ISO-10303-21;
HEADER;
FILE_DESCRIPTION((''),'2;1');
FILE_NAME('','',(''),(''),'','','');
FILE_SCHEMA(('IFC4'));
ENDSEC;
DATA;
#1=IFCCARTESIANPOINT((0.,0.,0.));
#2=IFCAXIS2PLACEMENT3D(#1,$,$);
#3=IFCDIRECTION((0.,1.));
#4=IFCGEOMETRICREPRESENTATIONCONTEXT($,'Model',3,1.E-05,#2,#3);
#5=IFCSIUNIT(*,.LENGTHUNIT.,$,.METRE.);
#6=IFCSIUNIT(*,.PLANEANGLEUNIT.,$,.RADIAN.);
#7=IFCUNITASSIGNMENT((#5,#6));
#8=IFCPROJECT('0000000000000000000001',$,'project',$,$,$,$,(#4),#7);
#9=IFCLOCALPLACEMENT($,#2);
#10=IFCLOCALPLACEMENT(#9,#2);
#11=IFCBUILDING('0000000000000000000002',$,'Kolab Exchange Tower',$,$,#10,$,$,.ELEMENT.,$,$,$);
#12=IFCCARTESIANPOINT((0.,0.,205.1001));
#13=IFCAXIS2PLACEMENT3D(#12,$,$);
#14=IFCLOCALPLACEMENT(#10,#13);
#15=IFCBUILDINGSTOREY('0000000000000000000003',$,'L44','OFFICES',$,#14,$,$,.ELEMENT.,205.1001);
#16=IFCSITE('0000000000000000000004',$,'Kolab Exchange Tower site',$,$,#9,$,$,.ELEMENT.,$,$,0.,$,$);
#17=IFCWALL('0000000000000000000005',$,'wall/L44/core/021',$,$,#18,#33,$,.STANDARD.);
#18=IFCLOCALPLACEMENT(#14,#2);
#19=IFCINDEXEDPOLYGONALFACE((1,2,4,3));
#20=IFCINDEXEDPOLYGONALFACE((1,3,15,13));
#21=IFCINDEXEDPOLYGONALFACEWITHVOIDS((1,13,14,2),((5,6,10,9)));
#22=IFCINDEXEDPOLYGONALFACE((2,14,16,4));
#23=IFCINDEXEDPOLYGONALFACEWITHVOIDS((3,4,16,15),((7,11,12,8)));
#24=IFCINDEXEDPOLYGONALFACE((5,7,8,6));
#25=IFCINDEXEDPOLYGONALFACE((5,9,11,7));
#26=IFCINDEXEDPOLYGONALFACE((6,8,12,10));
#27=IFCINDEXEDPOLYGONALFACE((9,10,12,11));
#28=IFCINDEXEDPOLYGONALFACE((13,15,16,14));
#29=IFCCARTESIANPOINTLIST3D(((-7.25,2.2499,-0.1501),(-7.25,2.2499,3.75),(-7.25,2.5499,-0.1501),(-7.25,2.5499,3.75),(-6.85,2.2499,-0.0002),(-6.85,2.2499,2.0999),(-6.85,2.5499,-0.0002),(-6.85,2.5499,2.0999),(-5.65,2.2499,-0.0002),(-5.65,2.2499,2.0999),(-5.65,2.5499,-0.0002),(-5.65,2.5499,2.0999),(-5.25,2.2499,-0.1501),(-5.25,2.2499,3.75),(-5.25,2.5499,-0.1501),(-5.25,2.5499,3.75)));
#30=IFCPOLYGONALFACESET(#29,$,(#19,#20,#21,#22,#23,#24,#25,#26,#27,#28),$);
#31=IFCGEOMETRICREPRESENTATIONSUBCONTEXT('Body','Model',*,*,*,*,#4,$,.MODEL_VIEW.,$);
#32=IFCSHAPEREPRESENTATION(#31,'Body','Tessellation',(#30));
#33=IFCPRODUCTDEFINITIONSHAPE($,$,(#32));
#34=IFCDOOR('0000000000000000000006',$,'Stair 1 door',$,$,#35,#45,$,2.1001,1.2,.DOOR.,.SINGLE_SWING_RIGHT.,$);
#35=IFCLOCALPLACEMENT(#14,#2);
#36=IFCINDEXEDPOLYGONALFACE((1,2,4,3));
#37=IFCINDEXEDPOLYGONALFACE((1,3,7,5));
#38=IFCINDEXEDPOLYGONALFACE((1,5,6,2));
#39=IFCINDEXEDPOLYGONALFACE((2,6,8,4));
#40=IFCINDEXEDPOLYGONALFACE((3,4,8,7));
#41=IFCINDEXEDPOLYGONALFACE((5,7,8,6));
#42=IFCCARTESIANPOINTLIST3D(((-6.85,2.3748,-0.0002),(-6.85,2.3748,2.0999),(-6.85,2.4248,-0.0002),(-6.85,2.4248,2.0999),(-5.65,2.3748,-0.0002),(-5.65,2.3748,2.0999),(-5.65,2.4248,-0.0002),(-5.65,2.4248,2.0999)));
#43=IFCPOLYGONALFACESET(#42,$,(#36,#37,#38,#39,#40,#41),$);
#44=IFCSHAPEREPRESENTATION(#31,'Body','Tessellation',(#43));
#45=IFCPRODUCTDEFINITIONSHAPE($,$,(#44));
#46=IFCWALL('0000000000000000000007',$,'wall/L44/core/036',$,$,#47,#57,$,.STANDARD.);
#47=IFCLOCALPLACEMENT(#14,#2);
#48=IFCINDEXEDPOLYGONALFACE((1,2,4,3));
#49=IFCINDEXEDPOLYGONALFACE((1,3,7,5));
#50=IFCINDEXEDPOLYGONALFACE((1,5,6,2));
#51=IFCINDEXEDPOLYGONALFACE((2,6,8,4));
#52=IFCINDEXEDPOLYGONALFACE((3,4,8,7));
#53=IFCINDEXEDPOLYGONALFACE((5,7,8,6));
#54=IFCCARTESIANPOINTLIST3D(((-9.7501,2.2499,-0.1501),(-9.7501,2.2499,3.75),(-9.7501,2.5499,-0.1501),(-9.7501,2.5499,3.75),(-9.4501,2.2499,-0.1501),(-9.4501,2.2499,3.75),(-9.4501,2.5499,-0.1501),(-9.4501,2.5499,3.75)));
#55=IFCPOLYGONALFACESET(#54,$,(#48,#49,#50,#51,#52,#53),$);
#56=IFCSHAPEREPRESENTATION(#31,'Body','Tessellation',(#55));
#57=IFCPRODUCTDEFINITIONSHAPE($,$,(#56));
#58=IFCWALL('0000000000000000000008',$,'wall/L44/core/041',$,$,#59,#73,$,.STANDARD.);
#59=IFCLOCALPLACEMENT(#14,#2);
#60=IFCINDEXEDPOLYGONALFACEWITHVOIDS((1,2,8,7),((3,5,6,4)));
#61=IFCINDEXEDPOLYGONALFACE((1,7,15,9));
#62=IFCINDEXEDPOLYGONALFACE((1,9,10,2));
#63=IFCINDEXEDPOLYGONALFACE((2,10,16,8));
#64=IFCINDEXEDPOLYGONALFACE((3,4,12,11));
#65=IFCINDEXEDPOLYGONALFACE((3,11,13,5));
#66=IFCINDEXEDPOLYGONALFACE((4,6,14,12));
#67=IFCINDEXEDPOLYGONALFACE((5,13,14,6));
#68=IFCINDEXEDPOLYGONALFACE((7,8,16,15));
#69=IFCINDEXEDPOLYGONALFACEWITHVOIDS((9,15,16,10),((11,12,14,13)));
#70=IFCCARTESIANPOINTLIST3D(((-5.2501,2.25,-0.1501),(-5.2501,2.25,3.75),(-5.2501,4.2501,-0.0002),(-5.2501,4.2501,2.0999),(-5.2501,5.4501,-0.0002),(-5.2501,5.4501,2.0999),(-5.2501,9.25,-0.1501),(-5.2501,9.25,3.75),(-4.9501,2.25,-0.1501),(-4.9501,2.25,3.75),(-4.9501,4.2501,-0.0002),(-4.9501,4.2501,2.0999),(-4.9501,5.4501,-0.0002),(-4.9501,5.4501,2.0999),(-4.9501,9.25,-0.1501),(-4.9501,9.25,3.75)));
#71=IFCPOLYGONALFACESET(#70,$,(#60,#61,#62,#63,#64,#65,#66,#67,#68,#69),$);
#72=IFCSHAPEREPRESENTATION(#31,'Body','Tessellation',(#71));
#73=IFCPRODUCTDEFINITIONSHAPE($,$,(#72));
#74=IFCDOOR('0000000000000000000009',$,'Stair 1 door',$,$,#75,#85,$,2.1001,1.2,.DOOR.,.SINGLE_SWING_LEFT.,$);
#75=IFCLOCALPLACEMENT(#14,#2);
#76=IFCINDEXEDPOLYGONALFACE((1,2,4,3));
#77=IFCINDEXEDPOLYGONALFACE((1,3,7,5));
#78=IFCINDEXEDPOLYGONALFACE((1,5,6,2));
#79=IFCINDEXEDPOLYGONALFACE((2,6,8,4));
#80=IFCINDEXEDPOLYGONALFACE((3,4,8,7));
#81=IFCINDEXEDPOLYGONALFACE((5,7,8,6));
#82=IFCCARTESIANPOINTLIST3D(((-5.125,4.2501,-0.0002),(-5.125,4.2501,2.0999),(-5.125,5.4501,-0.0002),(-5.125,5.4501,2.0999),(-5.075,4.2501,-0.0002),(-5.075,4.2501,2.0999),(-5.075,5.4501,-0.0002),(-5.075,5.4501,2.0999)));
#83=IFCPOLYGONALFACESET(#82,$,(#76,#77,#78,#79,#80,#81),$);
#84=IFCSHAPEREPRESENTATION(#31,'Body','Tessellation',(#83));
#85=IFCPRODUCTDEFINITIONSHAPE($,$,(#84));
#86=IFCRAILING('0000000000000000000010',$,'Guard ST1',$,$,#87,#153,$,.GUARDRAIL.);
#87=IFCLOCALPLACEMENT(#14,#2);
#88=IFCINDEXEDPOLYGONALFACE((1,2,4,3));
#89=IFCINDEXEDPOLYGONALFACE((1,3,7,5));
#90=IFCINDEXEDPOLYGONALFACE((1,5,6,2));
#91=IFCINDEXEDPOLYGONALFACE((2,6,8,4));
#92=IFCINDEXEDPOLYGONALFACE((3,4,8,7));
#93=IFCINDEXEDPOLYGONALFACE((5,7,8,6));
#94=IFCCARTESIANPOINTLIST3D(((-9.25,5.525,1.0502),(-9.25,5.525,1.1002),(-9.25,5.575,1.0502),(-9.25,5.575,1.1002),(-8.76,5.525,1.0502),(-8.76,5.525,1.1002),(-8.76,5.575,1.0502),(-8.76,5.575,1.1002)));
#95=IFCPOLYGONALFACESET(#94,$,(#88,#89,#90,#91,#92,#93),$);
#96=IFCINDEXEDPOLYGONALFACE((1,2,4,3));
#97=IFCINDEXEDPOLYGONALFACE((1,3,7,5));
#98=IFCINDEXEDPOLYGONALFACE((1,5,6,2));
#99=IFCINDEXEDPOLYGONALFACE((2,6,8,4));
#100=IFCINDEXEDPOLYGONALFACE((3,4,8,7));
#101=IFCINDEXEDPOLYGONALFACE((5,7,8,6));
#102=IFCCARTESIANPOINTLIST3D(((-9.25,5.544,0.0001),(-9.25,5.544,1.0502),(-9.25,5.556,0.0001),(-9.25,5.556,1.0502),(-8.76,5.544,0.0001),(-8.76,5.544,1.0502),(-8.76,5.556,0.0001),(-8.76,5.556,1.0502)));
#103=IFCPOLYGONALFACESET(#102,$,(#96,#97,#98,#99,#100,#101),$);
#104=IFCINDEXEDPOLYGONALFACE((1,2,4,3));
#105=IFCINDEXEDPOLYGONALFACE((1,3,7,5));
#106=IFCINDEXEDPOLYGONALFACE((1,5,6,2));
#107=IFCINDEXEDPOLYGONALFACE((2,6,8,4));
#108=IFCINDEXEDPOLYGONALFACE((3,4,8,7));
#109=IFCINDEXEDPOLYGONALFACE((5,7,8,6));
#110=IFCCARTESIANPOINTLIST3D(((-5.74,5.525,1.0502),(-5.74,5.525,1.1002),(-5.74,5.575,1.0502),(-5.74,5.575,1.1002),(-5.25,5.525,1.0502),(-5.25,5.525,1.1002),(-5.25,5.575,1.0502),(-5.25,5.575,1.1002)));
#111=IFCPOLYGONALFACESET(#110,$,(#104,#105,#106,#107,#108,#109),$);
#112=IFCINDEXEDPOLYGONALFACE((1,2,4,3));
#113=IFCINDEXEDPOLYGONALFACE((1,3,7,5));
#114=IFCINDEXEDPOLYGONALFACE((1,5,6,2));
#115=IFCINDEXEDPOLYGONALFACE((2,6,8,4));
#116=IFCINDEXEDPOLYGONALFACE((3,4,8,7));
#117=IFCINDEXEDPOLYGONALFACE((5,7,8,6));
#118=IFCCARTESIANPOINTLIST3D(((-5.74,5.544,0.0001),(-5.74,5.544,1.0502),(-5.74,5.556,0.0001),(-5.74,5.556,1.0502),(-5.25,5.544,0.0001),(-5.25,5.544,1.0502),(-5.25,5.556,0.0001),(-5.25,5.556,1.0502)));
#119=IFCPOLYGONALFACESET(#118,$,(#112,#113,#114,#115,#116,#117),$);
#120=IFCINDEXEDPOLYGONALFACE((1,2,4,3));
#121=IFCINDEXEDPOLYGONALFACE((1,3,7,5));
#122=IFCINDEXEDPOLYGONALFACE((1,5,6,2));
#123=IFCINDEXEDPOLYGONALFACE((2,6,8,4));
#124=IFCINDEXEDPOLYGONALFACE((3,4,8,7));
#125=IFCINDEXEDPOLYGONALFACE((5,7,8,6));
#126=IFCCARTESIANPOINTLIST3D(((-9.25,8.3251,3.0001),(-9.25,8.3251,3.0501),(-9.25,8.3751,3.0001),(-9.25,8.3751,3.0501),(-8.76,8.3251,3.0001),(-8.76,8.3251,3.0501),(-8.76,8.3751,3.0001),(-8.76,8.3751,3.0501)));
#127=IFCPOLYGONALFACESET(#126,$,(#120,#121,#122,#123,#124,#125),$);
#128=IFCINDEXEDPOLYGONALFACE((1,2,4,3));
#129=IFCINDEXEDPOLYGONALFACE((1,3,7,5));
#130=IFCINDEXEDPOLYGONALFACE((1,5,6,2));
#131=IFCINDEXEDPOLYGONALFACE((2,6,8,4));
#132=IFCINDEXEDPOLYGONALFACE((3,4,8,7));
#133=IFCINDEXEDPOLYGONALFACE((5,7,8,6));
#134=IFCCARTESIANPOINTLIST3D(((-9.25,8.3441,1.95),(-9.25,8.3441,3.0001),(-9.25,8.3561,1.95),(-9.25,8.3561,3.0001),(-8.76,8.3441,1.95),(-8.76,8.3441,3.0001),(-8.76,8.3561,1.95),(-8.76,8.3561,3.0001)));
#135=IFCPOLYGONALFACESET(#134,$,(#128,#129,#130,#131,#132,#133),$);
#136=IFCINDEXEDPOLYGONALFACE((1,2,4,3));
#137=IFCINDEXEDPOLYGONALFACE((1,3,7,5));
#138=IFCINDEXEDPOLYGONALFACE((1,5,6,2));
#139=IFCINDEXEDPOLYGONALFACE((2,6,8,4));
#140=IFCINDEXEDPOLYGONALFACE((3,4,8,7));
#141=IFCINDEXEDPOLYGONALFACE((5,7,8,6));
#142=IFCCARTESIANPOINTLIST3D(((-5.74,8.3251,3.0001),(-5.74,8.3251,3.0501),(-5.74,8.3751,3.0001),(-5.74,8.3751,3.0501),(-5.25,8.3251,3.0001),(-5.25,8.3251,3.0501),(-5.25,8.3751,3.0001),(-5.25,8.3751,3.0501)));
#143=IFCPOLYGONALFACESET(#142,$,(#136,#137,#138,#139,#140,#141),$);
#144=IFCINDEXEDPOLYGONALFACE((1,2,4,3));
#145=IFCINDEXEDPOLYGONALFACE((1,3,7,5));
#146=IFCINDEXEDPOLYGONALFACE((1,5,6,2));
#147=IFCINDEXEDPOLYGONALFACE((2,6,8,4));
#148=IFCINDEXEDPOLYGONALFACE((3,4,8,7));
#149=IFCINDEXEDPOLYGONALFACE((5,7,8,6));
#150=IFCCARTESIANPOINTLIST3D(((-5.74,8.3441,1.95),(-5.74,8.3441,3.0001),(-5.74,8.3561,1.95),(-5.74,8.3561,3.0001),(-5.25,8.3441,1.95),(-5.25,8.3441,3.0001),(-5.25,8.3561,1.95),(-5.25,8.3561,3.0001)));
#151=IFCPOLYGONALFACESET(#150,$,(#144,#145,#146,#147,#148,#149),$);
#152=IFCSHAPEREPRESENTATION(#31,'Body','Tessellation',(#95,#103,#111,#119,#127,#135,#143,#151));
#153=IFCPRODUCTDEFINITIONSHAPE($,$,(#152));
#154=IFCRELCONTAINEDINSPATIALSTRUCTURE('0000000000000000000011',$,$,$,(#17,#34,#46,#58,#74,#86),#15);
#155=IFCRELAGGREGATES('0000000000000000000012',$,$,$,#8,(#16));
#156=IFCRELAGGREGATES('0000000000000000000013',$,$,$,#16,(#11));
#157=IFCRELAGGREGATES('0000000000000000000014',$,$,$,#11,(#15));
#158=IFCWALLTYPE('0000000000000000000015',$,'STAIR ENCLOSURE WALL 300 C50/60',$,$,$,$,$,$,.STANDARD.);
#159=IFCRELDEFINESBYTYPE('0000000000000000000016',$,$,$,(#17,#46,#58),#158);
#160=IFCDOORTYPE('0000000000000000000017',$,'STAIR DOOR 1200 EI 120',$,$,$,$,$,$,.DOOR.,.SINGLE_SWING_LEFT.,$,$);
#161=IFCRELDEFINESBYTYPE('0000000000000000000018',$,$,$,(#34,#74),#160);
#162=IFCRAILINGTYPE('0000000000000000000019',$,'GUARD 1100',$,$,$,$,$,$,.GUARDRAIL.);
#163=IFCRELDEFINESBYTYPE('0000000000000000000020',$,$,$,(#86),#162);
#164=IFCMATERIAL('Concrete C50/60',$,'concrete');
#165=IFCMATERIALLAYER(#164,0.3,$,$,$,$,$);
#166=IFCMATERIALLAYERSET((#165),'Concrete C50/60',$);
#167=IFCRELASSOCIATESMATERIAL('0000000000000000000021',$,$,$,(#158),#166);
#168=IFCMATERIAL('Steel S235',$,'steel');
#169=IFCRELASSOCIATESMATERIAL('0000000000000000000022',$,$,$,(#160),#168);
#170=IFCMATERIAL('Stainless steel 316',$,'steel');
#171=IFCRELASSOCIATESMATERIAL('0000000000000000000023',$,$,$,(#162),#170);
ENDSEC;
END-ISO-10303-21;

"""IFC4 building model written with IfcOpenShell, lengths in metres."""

from ifc_helpers import new_model, si_unit, direction, frame, frame_2d, origin, origin_2d, place, context, subcontext, project, spatial, rectangle, extrude, material, layer, layer_set, type_object, element, fill, save


model = new_model("IFC4")

# Units and contexts
model_context = context("Model", 3, precision=1e-05, world=origin(), true_north=direction((0.0, 1.0)))
body_context = subcontext(model_context, "Body", "Model", "MODEL_VIEW")
ifc_project = project(units=[si_unit("LENGTHUNIT", "METRE"), si_unit("PLANEANGLEUNIT", "RADIAN")], contexts=[model_context])

# Site, building, storey
site_placement = place(None, origin())
site = spatial("IfcSite", under=ifc_project, at=site_placement, Name="Kolab Exchange Tower site", CompositionType="ELEMENT", RefElevation=0.0)
building_placement = place(site_placement, origin())
building = spatial("IfcBuilding", under=site, at=building_placement, Name="Kolab Exchange Tower", CompositionType="ELEMENT")
storey_placement = place(building_placement, frame((0.0, 0.0, 205.1001)))
storey = spatial("IfcBuildingStorey", under=building, at=storey_placement, Name="L44", Description="OFFICES", CompositionType="ELEMENT", Elevation=205.1001)

# Shared definitions
ifc_material_1 = material(Name="Concrete C50/60", Category="concrete")

# Shared definitions
ifc_material_2 = material(Name="Stainless steel 316", Category="steel")
ifc_material_3 = material(Name="Steel S235", Category="steel")

# Shared definitions
ifc_layer_1 = layer(ifc_material_1, 0.3)
ifc_layer_set_1 = layer_set([ifc_layer_1], Name="Concrete C50/60")
wall_type_1 = type_object("IfcWallType", Name="STAIR ENCLOSURE WALL 300 C50/60", PredefinedType="STANDARD", material=ifc_layer_set_1)

# Wall, opening, door
wall_1_placement = place(storey_placement, frame((-7.25, 2.3999, -0.1501), z_axis=(0.0, 0.0, 1.0), x_axis=(1.0, 0.0, 0.0)))
wall_1 = element("IfcWall", 1, at=wall_1_placement, inside=storey, type_object=wall_type_1, Name="wall/L44/core/021", PredefinedType="STANDARD", context=body_context, shape_type="SweptSolid", body=[
    extrude(rectangle(XDim=2.0, YDim=0.3, at=frame_2d((1.0, 0.0))), origin(), (0.0, 0.0, 1.0), 3.9001),
])
opening_1_placement = place(wall_1_placement, frame((0.3999, 0.0, 0.1499)))
opening_1 = element("IfcOpeningElement", 2, at=opening_1_placement, cuts=wall_1, PredefinedType="OPENING", context=body_context, shape_type="SweptSolid", body=[
    extrude(rectangle(XDim=1.2, YDim=2.1001, at=frame_2d((0.6001, 1.05))), frame((0.0, 0.1602, 0.0), z_axis=(0.0, -1.0, 0.0), x_axis=(1.0, 0.0, 0.0)), (0.0, 0.0, 1.0), 0.3201),
])
door_type_1 = type_object("IfcDoorType", Name="STAIR DOOR 1200 EI 120", OperationType="SINGLE_SWING_LEFT", PredefinedType="DOOR", material=ifc_material_3)
door_1_placement = place(opening_1_placement, origin())
door_1 = element("IfcDoor", 3, at=door_1_placement, inside=storey, type_object=door_type_1, Name="Stair 1 door", OperationType="SINGLE_SWING_RIGHT", OverallHeight=2.1001, OverallWidth=1.2, PredefinedType="DOOR", context=body_context, shape_type="SweptSolid", body=[
    extrude(rectangle(XDim=1.2, YDim=2.1001, at=frame_2d((0.6001, 1.05))), frame((0.0, 0.0249, 0.0), z_axis=(0.0, -1.0, 0.0), x_axis=(1.0, 0.0, 0.0)), (0.0, 0.0, 1.0), 0.05),
])
fill(opening_1, door_1)

# Wall
wall_2_placement = place(storey_placement, frame((-9.6001, 2.25, -0.1501), z_axis=(0.0, 0.0, 1.0), x_axis=(0.0, 1.0, 0.0)))
element("IfcWall", 4, at=wall_2_placement, inside=storey, type_object=wall_type_1, Name="wall/L44/core/036", PredefinedType="STANDARD", context=body_context, shape_type="SweptSolid", body=[
    extrude(rectangle(XDim=0.3, YDim=0.3, at=frame_2d((0.1499, 0.0))), origin(), (0.0, 0.0, 1.0), 3.9001),
])

# Wall, opening, door
wall_3_placement = place(storey_placement, frame((-5.1001, 2.25, -0.1501), z_axis=(0.0, 0.0, 1.0), x_axis=(0.0, 1.0, 0.0)))
wall_3 = element("IfcWall", 5, at=wall_3_placement, inside=storey, type_object=wall_type_1, Name="wall/L44/core/041", PredefinedType="STANDARD", context=body_context, shape_type="SweptSolid", body=[
    extrude(rectangle(XDim=7.0, YDim=0.3, at=frame_2d((3.5, 0.0))), origin(), (0.0, 0.0, 1.0), 3.9001),
])
opening_2_placement = place(wall_3_placement, frame((2.0, 0.0, 0.1499)))
opening_2 = element("IfcOpeningElement", 6, at=opening_2_placement, cuts=wall_3, PredefinedType="OPENING", context=body_context, shape_type="SweptSolid", body=[
    extrude(rectangle(XDim=1.2, YDim=2.1001, at=frame_2d((0.6001, 1.05))), frame((0.0, 0.1602, 0.0), z_axis=(0.0, -1.0, 0.0), x_axis=(1.0, 0.0, 0.0)), (0.0, 0.0, 1.0), 0.3201),
])
door_2_placement = place(opening_2_placement, origin())
door_2 = element("IfcDoor", 7, at=door_2_placement, inside=storey, type_object=door_type_1, Name="Stair 1 door", OperationType="SINGLE_SWING_LEFT", OverallHeight=2.1001, OverallWidth=1.2, PredefinedType="DOOR", context=body_context, shape_type="SweptSolid", body=[
    extrude(rectangle(XDim=1.2, YDim=2.1001, at=frame_2d((0.6001, 1.05))), frame((0.0, 0.0249, 0.0), z_axis=(0.0, -1.0, 0.0), x_axis=(1.0, 0.0, 0.0)), (0.0, 0.0, 1.0), 0.05),
])
fill(opening_2, door_2)

# Railing
railing_type = type_object("IfcRailingType", Name="GUARD 1100", PredefinedType="GUARDRAIL", material=ifc_material_2)
railing_placement = place(storey_placement, frame((-9.25, 5.55, 0.0)))
element("IfcRailing", 8, at=railing_placement, inside=storey, type_object=railing_type, Name="Guard ST1", PredefinedType="GUARDRAIL", context=body_context, shape_type="SweptSolid", body=[
    extrude(rectangle(XDim=0.05, YDim=0.05, at=origin_2d()), frame((0.0, 0.0, 1.0752), z_axis=(1.0, 0.0, 0.0), x_axis=(0.0, 1.0, 0.0)), (0.0, 0.0, 1.0), 0.49),
    extrude(rectangle(XDim=0.012, YDim=1.0501, at=frame_2d((0.0, 0.5251))), frame((0.0, 0.0, 0.0), z_axis=(1.0, 0.0, 0.0), x_axis=(0.0, 1.0, 0.0)), (0.0, 0.0, 1.0), 0.49),
    extrude(rectangle(XDim=0.05, YDim=0.05, at=origin_2d()), frame((3.51, 0.0, 1.0752), z_axis=(1.0, 0.0, 0.0), x_axis=(0.0, 1.0, 0.0)), (0.0, 0.0, 1.0), 0.49),
    extrude(rectangle(XDim=0.012, YDim=1.0501, at=frame_2d((0.0, 0.5251))), frame((3.51, 0.0, 0.0), z_axis=(1.0, 0.0, 0.0), x_axis=(0.0, 1.0, 0.0)), (0.0, 0.0, 1.0), 0.49),
    extrude(rectangle(XDim=0.05, YDim=0.05, at=origin_2d()), frame((0.0, 2.8, 3.0251), z_axis=(1.0, 0.0, 0.0), x_axis=(0.0, 1.0, 0.0)), (0.0, 0.0, 1.0), 0.49),
    extrude(rectangle(XDim=0.012, YDim=1.0501, at=frame_2d((0.0, 0.5251))), frame((0.0, 2.8, 1.95), z_axis=(1.0, 0.0, 0.0), x_axis=(0.0, 1.0, 0.0)), (0.0, 0.0, 1.0), 0.49),
    extrude(rectangle(XDim=0.05, YDim=0.05, at=origin_2d()), frame((3.51, 2.8, 3.0251), z_axis=(1.0, 0.0, 0.0), x_axis=(0.0, 1.0, 0.0)), (0.0, 0.0, 1.0), 0.49),
    extrude(rectangle(XDim=0.012, YDim=1.0501, at=frame_2d((0.0, 0.5251))), frame((3.51, 2.8, 1.95), z_axis=(1.0, 0.0, 0.0), x_axis=(0.0, 1.0, 0.0)), (0.0, 0.0, 1.0), 0.49),
])

save(model, "model.ifc")
